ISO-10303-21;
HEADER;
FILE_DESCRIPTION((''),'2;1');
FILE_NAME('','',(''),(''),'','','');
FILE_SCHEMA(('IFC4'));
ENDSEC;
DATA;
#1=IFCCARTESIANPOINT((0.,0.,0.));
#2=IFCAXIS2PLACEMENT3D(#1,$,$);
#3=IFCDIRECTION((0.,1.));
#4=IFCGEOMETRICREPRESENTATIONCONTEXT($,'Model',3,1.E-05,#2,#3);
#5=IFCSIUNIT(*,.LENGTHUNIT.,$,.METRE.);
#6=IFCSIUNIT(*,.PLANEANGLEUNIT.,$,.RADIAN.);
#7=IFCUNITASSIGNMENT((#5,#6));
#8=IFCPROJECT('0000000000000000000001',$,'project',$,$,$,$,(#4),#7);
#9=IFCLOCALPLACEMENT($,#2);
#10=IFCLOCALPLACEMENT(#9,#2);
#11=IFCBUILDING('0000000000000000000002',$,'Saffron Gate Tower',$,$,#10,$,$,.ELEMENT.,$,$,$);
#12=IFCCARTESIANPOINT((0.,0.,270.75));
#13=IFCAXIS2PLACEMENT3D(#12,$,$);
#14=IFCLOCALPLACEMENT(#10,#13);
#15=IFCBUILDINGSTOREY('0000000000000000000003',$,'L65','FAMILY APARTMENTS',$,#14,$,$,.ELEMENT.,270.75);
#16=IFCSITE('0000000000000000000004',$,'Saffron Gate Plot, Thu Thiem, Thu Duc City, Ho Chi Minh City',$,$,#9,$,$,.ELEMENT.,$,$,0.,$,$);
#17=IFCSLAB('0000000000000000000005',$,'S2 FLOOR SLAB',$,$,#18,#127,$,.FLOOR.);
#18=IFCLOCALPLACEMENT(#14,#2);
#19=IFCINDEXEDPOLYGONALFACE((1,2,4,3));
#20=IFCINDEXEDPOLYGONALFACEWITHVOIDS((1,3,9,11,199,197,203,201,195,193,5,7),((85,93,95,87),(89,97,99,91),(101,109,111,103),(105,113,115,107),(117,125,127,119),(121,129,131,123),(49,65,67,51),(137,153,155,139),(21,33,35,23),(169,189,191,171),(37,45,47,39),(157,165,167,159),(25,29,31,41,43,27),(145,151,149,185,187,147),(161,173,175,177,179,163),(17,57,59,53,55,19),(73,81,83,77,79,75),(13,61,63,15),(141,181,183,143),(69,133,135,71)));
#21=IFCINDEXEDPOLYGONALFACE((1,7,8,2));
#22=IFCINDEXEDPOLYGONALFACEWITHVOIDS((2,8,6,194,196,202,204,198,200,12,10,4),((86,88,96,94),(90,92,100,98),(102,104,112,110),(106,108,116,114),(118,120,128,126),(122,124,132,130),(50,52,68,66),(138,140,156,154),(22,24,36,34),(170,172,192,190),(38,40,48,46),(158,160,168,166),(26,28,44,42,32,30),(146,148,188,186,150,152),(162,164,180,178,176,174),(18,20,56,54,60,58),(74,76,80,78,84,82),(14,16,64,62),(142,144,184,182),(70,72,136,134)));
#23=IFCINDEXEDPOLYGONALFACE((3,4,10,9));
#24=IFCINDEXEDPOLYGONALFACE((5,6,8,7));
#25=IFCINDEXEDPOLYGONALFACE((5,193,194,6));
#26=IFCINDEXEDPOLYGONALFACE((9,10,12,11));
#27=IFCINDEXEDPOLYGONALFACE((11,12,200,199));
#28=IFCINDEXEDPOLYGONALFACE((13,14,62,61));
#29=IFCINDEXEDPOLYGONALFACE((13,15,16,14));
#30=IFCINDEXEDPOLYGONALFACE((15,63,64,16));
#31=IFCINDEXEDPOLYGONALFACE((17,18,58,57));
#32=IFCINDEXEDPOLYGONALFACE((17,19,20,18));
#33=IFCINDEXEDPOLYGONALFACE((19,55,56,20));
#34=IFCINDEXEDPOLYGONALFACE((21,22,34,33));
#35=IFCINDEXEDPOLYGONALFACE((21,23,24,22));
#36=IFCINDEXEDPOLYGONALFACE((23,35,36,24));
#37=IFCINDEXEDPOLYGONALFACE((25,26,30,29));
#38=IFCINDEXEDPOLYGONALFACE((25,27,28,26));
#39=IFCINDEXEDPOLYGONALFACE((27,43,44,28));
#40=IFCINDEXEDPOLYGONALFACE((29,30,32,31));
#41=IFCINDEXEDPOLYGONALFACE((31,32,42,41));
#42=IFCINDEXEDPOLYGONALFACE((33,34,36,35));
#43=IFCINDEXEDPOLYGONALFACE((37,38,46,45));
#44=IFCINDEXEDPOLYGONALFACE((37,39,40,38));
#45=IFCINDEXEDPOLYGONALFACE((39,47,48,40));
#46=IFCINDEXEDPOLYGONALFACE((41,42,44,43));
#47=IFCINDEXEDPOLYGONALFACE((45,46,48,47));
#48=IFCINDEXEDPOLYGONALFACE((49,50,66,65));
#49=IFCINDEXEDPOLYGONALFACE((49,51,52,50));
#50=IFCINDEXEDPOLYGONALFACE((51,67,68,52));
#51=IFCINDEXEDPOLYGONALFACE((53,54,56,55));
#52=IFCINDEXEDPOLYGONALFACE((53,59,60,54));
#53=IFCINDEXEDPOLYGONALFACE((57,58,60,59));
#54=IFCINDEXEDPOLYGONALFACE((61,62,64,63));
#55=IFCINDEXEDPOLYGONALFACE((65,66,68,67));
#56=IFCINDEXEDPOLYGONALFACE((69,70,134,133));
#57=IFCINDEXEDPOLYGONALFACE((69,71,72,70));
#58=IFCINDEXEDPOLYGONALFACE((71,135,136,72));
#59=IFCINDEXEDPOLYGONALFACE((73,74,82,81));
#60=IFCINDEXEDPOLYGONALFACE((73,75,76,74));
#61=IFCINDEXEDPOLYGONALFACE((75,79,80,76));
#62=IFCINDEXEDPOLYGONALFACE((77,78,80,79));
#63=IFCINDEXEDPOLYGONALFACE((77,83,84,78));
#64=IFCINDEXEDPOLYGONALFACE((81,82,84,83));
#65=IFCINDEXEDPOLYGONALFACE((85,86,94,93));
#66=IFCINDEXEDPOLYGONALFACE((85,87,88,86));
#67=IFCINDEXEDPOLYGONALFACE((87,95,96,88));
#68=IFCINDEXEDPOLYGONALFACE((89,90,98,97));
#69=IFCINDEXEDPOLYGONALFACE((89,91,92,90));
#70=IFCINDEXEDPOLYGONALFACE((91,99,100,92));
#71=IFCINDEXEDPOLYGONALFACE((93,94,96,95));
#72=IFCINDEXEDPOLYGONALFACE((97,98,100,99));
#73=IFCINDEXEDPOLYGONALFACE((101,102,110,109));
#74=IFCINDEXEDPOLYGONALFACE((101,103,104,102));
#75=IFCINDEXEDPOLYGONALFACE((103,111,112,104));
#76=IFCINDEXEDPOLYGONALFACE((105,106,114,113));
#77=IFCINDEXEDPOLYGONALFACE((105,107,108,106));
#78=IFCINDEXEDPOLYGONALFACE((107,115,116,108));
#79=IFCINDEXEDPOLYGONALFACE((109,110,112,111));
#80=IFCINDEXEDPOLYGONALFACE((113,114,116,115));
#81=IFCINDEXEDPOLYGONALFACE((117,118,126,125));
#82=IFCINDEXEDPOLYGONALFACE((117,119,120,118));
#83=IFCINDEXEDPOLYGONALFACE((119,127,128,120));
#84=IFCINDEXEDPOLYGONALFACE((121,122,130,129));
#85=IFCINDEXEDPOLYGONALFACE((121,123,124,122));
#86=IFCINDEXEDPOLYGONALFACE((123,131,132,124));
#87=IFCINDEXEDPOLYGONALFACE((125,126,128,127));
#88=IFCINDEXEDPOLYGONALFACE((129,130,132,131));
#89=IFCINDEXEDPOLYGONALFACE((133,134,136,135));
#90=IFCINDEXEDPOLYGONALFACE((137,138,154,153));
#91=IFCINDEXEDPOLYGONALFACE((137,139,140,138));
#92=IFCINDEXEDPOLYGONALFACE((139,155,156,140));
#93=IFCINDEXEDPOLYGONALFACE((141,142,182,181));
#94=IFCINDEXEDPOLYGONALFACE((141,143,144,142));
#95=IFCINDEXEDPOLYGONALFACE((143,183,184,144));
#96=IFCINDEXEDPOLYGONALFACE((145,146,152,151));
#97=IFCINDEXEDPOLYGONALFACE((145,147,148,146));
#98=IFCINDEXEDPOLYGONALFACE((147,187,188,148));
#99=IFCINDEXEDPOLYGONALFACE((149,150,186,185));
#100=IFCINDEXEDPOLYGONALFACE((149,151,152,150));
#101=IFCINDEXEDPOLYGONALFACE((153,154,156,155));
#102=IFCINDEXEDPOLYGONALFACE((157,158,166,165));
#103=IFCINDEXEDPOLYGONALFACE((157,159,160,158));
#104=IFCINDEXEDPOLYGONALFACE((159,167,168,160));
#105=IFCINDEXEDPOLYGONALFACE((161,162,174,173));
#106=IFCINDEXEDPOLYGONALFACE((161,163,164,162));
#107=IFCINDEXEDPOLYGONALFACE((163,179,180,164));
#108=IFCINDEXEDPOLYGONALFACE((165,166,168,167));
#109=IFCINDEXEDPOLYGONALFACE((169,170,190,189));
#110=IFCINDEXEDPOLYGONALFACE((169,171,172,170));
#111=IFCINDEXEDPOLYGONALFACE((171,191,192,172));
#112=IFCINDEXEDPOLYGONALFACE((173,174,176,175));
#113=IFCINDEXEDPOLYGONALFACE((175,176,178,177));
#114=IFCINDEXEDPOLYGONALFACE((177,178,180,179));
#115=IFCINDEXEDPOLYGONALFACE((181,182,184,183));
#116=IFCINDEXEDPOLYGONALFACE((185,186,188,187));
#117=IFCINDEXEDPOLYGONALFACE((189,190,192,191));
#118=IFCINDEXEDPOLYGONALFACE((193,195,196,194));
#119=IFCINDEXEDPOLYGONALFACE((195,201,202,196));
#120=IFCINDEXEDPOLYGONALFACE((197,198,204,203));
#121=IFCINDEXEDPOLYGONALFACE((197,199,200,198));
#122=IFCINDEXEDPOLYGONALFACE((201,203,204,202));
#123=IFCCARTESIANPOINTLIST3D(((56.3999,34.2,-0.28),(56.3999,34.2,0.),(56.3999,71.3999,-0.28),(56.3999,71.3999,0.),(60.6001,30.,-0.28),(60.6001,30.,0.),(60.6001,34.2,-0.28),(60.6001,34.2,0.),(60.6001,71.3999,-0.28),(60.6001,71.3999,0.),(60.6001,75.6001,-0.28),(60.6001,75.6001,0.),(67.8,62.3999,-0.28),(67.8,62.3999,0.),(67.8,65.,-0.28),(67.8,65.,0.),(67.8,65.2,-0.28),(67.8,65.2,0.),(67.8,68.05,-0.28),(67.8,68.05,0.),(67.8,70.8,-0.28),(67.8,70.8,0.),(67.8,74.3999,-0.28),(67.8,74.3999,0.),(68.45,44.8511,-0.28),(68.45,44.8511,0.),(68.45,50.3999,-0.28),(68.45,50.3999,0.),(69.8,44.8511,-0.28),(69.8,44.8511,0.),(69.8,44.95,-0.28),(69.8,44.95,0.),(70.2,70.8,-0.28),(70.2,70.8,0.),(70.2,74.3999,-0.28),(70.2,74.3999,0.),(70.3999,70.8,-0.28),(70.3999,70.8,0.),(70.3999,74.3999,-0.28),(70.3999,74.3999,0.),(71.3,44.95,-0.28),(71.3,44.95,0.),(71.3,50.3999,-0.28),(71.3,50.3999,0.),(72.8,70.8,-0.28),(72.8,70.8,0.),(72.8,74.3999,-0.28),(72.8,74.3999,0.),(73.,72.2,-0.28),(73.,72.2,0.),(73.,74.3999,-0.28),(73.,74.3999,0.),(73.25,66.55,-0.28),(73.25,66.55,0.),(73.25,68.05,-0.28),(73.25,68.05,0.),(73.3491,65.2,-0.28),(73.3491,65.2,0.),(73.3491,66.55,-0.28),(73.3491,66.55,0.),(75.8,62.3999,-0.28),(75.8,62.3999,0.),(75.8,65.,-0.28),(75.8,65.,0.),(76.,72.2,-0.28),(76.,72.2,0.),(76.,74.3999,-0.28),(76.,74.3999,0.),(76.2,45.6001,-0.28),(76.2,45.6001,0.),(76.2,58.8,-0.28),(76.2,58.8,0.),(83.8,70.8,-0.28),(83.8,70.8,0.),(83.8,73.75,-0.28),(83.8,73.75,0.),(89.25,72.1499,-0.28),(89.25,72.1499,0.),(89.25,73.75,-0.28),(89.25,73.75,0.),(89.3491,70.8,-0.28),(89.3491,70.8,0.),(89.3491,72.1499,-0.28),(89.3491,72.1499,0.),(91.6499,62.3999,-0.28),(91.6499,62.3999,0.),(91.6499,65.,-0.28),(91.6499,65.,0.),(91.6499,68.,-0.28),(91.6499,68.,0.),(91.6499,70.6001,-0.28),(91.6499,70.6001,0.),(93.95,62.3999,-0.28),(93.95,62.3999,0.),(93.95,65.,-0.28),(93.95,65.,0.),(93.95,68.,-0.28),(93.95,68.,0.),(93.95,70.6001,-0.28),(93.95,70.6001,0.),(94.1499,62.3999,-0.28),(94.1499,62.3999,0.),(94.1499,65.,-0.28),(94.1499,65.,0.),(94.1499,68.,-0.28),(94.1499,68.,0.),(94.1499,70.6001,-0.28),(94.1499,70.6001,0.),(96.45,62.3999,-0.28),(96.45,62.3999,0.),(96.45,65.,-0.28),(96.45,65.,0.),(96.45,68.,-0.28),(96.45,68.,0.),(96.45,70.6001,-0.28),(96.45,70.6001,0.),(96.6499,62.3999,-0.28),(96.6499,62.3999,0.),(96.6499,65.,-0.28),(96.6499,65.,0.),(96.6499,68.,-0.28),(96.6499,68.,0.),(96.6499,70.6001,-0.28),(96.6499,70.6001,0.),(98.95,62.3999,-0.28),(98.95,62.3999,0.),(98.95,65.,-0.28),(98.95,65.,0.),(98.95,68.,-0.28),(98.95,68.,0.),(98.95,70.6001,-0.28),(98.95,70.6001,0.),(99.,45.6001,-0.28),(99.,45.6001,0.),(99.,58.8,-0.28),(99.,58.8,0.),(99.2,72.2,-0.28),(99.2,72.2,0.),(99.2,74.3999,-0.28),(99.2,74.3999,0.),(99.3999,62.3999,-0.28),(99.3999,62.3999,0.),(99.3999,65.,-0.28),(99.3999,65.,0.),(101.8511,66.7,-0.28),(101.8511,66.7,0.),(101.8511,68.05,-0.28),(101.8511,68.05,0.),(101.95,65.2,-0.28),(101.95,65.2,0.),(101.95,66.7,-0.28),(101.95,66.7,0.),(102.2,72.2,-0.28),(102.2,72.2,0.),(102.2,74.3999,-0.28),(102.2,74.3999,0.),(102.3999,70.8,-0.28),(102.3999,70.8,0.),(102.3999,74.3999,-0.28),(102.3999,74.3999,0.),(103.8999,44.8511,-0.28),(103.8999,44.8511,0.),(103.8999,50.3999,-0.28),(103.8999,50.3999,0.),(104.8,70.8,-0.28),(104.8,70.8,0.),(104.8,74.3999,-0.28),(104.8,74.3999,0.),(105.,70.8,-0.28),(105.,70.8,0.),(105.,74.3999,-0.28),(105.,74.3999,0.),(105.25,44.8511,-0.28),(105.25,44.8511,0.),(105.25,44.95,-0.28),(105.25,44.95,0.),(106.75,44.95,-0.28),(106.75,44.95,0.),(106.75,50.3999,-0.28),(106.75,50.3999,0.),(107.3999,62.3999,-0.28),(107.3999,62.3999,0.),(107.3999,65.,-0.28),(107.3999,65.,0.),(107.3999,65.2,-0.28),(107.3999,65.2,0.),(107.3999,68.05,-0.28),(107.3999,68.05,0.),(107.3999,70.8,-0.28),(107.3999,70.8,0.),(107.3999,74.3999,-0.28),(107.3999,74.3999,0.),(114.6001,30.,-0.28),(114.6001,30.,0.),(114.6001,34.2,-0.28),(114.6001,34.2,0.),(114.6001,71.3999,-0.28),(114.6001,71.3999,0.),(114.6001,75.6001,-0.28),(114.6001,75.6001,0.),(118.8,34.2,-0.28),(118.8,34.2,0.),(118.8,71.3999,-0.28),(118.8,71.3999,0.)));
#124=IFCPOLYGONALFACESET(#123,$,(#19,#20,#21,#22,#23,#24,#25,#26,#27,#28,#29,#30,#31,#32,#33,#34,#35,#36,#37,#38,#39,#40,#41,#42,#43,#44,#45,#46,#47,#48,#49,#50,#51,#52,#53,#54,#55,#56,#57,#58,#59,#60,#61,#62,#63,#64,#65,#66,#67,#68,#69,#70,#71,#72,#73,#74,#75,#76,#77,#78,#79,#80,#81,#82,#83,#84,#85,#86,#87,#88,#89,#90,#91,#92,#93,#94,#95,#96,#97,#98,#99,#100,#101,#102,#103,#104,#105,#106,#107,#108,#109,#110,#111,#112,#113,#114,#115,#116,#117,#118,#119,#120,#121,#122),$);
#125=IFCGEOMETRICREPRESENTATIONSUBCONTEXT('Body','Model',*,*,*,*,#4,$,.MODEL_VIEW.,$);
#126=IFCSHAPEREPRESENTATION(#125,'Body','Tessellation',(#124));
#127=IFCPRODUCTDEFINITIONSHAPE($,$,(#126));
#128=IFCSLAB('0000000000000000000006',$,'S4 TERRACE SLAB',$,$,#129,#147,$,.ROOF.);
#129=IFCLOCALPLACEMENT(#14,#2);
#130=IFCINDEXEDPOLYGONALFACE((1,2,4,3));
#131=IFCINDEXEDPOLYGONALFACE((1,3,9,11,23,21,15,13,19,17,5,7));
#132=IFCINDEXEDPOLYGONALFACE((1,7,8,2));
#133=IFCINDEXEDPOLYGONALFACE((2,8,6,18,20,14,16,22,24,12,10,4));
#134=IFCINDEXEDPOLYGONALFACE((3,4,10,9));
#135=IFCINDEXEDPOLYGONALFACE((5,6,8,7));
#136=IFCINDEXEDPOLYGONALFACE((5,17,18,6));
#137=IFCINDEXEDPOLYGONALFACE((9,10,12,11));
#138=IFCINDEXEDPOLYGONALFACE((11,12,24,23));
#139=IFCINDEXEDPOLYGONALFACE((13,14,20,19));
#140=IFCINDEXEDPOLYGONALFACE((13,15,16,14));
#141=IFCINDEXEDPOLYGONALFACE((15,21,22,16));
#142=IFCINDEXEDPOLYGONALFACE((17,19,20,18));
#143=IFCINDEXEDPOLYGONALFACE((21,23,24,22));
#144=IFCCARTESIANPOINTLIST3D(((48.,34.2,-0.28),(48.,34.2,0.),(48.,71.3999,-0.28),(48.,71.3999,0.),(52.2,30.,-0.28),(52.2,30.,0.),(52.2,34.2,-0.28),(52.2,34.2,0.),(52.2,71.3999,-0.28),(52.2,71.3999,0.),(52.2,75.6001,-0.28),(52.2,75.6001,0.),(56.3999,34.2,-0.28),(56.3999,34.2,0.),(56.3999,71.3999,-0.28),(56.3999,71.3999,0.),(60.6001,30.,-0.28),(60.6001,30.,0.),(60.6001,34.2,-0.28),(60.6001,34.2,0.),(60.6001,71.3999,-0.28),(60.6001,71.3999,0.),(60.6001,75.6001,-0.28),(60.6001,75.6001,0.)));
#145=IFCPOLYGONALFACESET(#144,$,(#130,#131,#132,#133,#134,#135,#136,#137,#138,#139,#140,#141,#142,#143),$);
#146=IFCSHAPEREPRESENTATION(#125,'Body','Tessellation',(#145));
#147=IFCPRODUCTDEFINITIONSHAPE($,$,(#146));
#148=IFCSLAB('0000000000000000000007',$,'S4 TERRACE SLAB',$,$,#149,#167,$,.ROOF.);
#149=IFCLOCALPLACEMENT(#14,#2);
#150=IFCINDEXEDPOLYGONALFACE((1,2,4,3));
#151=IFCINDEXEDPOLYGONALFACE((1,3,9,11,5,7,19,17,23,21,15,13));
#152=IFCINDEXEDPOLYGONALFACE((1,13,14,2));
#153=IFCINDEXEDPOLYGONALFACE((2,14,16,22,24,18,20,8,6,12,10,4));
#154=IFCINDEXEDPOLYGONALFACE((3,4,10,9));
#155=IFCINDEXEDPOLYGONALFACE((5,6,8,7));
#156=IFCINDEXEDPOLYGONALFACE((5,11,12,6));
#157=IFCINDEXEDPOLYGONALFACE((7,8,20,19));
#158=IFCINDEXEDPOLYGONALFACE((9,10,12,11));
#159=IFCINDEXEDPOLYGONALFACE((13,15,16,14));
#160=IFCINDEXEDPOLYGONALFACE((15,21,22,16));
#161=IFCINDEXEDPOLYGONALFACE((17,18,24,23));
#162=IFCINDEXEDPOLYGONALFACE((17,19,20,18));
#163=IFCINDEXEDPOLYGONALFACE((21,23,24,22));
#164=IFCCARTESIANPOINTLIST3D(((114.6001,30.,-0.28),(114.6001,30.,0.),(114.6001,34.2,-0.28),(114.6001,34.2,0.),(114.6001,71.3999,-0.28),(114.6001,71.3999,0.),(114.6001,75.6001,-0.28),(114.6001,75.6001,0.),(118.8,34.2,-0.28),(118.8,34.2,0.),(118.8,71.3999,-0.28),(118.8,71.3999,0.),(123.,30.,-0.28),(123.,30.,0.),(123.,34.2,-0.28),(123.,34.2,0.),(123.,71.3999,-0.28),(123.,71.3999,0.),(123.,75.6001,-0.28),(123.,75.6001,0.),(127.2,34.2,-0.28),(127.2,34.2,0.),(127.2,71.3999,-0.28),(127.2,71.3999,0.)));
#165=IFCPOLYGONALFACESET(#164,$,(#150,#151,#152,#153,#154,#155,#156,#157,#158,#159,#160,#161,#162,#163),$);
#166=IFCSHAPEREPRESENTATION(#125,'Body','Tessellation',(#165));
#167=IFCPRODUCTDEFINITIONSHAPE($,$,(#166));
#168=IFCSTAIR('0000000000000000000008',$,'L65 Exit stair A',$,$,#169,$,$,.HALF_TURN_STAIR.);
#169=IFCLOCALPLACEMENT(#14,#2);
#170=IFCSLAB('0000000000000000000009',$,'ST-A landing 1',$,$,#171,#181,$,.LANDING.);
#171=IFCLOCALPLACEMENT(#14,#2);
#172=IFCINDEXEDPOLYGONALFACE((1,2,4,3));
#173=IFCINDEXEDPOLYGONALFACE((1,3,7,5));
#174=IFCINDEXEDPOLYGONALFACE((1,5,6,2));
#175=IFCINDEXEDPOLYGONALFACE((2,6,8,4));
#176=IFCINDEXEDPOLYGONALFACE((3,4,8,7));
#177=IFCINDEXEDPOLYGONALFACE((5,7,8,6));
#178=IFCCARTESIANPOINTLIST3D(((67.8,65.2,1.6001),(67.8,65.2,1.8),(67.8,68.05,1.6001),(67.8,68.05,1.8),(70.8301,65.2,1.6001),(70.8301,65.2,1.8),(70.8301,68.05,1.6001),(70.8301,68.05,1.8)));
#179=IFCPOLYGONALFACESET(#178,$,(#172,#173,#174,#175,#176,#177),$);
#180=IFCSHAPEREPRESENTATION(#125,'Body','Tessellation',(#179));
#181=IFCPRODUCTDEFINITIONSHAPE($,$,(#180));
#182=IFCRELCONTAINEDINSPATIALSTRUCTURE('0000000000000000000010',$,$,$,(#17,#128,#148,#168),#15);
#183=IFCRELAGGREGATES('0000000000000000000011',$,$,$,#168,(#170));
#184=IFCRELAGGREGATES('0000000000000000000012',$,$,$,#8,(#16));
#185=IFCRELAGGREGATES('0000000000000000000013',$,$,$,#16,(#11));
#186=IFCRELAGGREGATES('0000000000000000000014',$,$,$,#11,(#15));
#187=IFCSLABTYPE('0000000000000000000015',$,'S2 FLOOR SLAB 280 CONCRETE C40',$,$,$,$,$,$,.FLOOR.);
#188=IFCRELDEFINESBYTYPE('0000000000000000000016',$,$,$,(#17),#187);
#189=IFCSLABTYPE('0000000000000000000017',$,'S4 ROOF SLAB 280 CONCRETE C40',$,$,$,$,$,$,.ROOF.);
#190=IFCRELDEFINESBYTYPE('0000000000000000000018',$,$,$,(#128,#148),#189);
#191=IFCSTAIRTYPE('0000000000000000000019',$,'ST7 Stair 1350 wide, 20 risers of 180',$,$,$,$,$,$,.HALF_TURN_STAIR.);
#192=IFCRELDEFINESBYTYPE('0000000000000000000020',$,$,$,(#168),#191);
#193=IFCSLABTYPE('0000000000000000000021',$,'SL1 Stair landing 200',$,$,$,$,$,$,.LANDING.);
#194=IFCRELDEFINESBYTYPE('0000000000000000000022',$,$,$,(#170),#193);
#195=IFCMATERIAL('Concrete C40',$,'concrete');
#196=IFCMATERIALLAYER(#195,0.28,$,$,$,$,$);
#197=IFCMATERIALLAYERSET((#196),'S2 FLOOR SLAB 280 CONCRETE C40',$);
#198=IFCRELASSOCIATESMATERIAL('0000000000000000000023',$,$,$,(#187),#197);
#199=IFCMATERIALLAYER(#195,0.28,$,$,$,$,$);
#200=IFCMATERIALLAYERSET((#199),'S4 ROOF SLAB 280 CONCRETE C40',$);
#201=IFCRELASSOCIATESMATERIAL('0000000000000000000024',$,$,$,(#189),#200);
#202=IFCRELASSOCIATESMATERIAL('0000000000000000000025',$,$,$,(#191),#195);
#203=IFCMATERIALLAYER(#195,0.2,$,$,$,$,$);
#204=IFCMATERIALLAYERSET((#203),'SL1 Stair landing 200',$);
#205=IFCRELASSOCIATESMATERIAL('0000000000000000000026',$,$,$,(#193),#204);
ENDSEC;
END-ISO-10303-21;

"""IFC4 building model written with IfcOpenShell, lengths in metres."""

from ifc_helpers import new_model, si_unit, direction, frame, origin, place, context, subcontext, project, spatial, polyline, outline, extrude, material, layer, layer_set, type_object, element, aggregate, save


model = new_model("IFC4")

# Units and contexts
model_context = context("Model", 3, precision=1e-05, world=origin(), true_north=direction((0.0, 1.0)))
body_context = subcontext(model_context, "Body", "Model", "MODEL_VIEW")
ifc_project = project(units=[si_unit("LENGTHUNIT", "METRE"), si_unit("PLANEANGLEUNIT", "RADIAN")], contexts=[model_context])

# Site, building, storey
site_placement = place(None, origin())
site = spatial("IfcSite", under=ifc_project, at=site_placement, Name="Saffron Gate Plot, Thu Thiem, Thu Duc City, Ho Chi Minh City", CompositionType="ELEMENT", RefElevation=0.0)
building_placement = place(site_placement, origin())
building = spatial("IfcBuilding", under=site, at=building_placement, Name="Saffron Gate Tower", CompositionType="ELEMENT")
storey_placement = place(building_placement, frame((0.0, 0.0, 270.75)))
storey = spatial("IfcBuildingStorey", under=building, at=storey_placement, Name="L65", Description="FAMILY APARTMENTS", CompositionType="ELEMENT", Elevation=270.75)

# Slabs
ifc_material_1 = material(Name="Concrete C40", Category="concrete")
ifc_layer_1 = layer(ifc_material_1, 0.28)
ifc_layer_set_1 = layer_set([ifc_layer_1], Name="S2 FLOOR SLAB 280 CONCRETE C40")
slab_type_1 = type_object("IfcSlabType", Name="S2 FLOOR SLAB 280 CONCRETE C40", PredefinedType="FLOOR", material=ifc_layer_set_1)
slab_1_placement = place(storey_placement, frame((0.0, 0.0, -0.28)))
element("IfcSlab", 1, at=slab_1_placement, inside=storey, type_object=slab_type_1, Name="S2 FLOOR SLAB", PredefinedType="FLOOR", context=body_context, shape_type="SweptSolid", body=[
    extrude(outline(polyline([(56.3999, 34.2), (60.6001, 34.2), (60.6001, 30.0), (114.6001, 30.0), (114.6001, 34.2), (118.8, 34.2), (118.8, 71.3999), (114.6001, 71.3999), (114.6001, 75.6001), (60.6001, 75.6001), (60.6001, 71.3999), (56.3999, 71.3999), (56.3999, 34.2)]), holes=[polyline([(67.8, 62.3999), (67.8, 65.0), (75.8, 65.0), (75.8, 62.3999), (67.8, 62.3999)]), polyline([(67.8, 65.2), (67.8, 68.05), (73.25, 68.05), (73.25, 66.55), (73.3491, 66.55), (73.3491, 65.2), (67.8, 65.2)]), polyline([(67.8, 70.8), (67.8, 74.3999), (70.2, 74.3999), (70.2, 70.8), (67.8, 70.8)]), polyline([(68.45, 44.8511), (68.45, 50.3999), (71.3, 50.3999), (71.3, 44.95), (69.8, 44.95), (69.8, 44.8511), (68.45, 44.8511)]), polyline([(70.3999, 70.8), (70.3999, 74.3999), (72.8, 74.3999), (72.8, 70.8), (70.3999, 70.8)]), polyline([(73.0, 72.2), (73.0, 74.3999), (76.0, 74.3999), (76.0, 72.2), (73.0, 72.2)]), polyline([(76.2, 45.6001), (76.2, 58.8), (99.0, 58.8), (99.0, 45.6001), (76.2, 45.6001)]), polyline([(83.8, 70.8), (83.8, 73.75), (89.25, 73.75), (89.25, 72.1499), (89.3491, 72.1499), (89.3491, 70.8), (83.8, 70.8)]), polyline([(91.6499, 62.3999), (91.6499, 65.0), (93.95, 65.0), (93.95, 62.3999), (91.6499, 62.3999)]), polyline([(91.6499, 68.0), (91.6499, 70.6001), (93.95, 70.6001), (93.95, 68.0), (91.6499, 68.0)]), polyline([(94.1499, 62.3999), (94.1499, 65.0), (96.45, 65.0), (96.45, 62.3999), (94.1499, 62.3999)]), polyline([(94.1499, 68.0), (94.1499, 70.6001), (96.45, 70.6001), (96.45, 68.0), (94.1499, 68.0)]), polyline([(96.6499, 62.3999), (96.6499, 65.0), (98.95, 65.0), (98.95, 62.3999), (96.6499, 62.3999)]), polyline([(96.6499, 68.0), (96.6499, 70.6001), (98.95, 70.6001), (98.95, 68.0), (96.6499, 68.0)]), polyline([(99.2, 72.2), (99.2, 74.3999), (102.2, 74.3999), (102.2, 72.2), (99.2, 72.2)]), polyline([(99.3999, 62.3999), (99.3999, 65.0), (107.3999, 65.0), (107.3999, 62.3999), (99.3999, 62.3999)]), polyline([(101.8511, 66.7), (101.8511, 68.05), (107.3999, 68.05), (107.3999, 65.2), (101.95, 65.2), (101.95, 66.7), (101.8511, 66.7)]), polyline([(102.3999, 70.8), (102.3999, 74.3999), (104.8, 74.3999), (104.8, 70.8), (102.3999, 70.8)]), polyline([(103.8999, 44.8511), (103.8999, 50.3999), (106.75, 50.3999), (106.75, 44.95), (105.25, 44.95), (105.25, 44.8511), (103.8999, 44.8511)]), polyline([(105.0, 70.8), (105.0, 74.3999), (107.3999, 74.3999), (107.3999, 70.8), (105.0, 70.8)])]), origin(), (0.0, 0.0, 1.0), 0.28),
])
ifc_layer_2 = layer(ifc_material_1, 0.28)
ifc_layer_set_2 = layer_set([ifc_layer_2], Name="S4 ROOF SLAB 280 CONCRETE C40")
slab_type_2 = type_object("IfcSlabType", Name="S4 ROOF SLAB 280 CONCRETE C40", PredefinedType="ROOF", material=ifc_layer_set_2)
slab_2_placement = place(storey_placement, frame((0.0, 0.0, -0.28)))
element("IfcSlab", 2, at=slab_2_placement, inside=storey, type_object=slab_type_2, Name="S4 TERRACE SLAB", PredefinedType="ROOF", context=body_context, shape_type="SweptSolid", body=[
    extrude(outline(polyline([(48.0, 34.2), (52.2, 34.2), (52.2, 30.0), (60.6001, 30.0), (60.6001, 34.2), (56.3999, 34.2), (56.3999, 71.3999), (60.6001, 71.3999), (60.6001, 75.6001), (52.2, 75.6001), (52.2, 71.3999), (48.0, 71.3999), (48.0, 34.2)])), origin(), (0.0, 0.0, 1.0), 0.28),
])
slab_3_placement = place(storey_placement, frame((0.0, 0.0, -0.28)))
element("IfcSlab", 3, at=slab_3_placement, inside=storey, type_object=slab_type_2, Name="S4 TERRACE SLAB", PredefinedType="ROOF", context=body_context, shape_type="SweptSolid", body=[
    extrude(outline(polyline([(114.6001, 30.0), (123.0, 30.0), (123.0, 34.2), (127.2, 34.2), (127.2, 71.3999), (123.0, 71.3999), (123.0, 75.6001), (114.6001, 75.6001), (114.6001, 71.3999), (118.8, 71.3999), (118.8, 34.2), (114.6001, 34.2), (114.6001, 30.0)])), origin(), (0.0, 0.0, 1.0), 0.28),
])

# Stair, slab
stair_type = type_object("IfcStairType", Name="ST7 Stair 1350 wide, 20 risers of 180", PredefinedType="HALF_TURN_STAIR", material=ifc_material_1)
stair_1_placement = place(storey_placement, origin())
stair_1 = element("IfcStair", 4, at=stair_1_placement, inside=storey, type_object=stair_type, Name="L65 Exit stair A", PredefinedType="HALF_TURN_STAIR")
ifc_layer_3 = layer(ifc_material_1, 0.2)
ifc_layer_set_3 = layer_set([ifc_layer_3], Name="SL1 Stair landing 200")
slab_type_3 = type_object("IfcSlabType", Name="SL1 Stair landing 200", PredefinedType="LANDING", material=ifc_layer_set_3)
slab_4_placement = place(storey_placement, frame((0.0, 0.0, 1.6001)))
slab_4 = element("IfcSlab", 5, at=slab_4_placement, type_object=slab_type_3, Name="ST-A landing 1", PredefinedType="LANDING", context=body_context, shape_type="SweptSolid", body=[
    extrude(outline(polyline([(70.8301, 68.05), (67.8, 68.05), (67.8, 65.2), (70.8301, 65.2), (70.8301, 68.05)])), origin(), (0.0, 0.0, 1.0), 0.2),
])
aggregate(stair_1, [slab_4])

save(model, "model.ifc")
